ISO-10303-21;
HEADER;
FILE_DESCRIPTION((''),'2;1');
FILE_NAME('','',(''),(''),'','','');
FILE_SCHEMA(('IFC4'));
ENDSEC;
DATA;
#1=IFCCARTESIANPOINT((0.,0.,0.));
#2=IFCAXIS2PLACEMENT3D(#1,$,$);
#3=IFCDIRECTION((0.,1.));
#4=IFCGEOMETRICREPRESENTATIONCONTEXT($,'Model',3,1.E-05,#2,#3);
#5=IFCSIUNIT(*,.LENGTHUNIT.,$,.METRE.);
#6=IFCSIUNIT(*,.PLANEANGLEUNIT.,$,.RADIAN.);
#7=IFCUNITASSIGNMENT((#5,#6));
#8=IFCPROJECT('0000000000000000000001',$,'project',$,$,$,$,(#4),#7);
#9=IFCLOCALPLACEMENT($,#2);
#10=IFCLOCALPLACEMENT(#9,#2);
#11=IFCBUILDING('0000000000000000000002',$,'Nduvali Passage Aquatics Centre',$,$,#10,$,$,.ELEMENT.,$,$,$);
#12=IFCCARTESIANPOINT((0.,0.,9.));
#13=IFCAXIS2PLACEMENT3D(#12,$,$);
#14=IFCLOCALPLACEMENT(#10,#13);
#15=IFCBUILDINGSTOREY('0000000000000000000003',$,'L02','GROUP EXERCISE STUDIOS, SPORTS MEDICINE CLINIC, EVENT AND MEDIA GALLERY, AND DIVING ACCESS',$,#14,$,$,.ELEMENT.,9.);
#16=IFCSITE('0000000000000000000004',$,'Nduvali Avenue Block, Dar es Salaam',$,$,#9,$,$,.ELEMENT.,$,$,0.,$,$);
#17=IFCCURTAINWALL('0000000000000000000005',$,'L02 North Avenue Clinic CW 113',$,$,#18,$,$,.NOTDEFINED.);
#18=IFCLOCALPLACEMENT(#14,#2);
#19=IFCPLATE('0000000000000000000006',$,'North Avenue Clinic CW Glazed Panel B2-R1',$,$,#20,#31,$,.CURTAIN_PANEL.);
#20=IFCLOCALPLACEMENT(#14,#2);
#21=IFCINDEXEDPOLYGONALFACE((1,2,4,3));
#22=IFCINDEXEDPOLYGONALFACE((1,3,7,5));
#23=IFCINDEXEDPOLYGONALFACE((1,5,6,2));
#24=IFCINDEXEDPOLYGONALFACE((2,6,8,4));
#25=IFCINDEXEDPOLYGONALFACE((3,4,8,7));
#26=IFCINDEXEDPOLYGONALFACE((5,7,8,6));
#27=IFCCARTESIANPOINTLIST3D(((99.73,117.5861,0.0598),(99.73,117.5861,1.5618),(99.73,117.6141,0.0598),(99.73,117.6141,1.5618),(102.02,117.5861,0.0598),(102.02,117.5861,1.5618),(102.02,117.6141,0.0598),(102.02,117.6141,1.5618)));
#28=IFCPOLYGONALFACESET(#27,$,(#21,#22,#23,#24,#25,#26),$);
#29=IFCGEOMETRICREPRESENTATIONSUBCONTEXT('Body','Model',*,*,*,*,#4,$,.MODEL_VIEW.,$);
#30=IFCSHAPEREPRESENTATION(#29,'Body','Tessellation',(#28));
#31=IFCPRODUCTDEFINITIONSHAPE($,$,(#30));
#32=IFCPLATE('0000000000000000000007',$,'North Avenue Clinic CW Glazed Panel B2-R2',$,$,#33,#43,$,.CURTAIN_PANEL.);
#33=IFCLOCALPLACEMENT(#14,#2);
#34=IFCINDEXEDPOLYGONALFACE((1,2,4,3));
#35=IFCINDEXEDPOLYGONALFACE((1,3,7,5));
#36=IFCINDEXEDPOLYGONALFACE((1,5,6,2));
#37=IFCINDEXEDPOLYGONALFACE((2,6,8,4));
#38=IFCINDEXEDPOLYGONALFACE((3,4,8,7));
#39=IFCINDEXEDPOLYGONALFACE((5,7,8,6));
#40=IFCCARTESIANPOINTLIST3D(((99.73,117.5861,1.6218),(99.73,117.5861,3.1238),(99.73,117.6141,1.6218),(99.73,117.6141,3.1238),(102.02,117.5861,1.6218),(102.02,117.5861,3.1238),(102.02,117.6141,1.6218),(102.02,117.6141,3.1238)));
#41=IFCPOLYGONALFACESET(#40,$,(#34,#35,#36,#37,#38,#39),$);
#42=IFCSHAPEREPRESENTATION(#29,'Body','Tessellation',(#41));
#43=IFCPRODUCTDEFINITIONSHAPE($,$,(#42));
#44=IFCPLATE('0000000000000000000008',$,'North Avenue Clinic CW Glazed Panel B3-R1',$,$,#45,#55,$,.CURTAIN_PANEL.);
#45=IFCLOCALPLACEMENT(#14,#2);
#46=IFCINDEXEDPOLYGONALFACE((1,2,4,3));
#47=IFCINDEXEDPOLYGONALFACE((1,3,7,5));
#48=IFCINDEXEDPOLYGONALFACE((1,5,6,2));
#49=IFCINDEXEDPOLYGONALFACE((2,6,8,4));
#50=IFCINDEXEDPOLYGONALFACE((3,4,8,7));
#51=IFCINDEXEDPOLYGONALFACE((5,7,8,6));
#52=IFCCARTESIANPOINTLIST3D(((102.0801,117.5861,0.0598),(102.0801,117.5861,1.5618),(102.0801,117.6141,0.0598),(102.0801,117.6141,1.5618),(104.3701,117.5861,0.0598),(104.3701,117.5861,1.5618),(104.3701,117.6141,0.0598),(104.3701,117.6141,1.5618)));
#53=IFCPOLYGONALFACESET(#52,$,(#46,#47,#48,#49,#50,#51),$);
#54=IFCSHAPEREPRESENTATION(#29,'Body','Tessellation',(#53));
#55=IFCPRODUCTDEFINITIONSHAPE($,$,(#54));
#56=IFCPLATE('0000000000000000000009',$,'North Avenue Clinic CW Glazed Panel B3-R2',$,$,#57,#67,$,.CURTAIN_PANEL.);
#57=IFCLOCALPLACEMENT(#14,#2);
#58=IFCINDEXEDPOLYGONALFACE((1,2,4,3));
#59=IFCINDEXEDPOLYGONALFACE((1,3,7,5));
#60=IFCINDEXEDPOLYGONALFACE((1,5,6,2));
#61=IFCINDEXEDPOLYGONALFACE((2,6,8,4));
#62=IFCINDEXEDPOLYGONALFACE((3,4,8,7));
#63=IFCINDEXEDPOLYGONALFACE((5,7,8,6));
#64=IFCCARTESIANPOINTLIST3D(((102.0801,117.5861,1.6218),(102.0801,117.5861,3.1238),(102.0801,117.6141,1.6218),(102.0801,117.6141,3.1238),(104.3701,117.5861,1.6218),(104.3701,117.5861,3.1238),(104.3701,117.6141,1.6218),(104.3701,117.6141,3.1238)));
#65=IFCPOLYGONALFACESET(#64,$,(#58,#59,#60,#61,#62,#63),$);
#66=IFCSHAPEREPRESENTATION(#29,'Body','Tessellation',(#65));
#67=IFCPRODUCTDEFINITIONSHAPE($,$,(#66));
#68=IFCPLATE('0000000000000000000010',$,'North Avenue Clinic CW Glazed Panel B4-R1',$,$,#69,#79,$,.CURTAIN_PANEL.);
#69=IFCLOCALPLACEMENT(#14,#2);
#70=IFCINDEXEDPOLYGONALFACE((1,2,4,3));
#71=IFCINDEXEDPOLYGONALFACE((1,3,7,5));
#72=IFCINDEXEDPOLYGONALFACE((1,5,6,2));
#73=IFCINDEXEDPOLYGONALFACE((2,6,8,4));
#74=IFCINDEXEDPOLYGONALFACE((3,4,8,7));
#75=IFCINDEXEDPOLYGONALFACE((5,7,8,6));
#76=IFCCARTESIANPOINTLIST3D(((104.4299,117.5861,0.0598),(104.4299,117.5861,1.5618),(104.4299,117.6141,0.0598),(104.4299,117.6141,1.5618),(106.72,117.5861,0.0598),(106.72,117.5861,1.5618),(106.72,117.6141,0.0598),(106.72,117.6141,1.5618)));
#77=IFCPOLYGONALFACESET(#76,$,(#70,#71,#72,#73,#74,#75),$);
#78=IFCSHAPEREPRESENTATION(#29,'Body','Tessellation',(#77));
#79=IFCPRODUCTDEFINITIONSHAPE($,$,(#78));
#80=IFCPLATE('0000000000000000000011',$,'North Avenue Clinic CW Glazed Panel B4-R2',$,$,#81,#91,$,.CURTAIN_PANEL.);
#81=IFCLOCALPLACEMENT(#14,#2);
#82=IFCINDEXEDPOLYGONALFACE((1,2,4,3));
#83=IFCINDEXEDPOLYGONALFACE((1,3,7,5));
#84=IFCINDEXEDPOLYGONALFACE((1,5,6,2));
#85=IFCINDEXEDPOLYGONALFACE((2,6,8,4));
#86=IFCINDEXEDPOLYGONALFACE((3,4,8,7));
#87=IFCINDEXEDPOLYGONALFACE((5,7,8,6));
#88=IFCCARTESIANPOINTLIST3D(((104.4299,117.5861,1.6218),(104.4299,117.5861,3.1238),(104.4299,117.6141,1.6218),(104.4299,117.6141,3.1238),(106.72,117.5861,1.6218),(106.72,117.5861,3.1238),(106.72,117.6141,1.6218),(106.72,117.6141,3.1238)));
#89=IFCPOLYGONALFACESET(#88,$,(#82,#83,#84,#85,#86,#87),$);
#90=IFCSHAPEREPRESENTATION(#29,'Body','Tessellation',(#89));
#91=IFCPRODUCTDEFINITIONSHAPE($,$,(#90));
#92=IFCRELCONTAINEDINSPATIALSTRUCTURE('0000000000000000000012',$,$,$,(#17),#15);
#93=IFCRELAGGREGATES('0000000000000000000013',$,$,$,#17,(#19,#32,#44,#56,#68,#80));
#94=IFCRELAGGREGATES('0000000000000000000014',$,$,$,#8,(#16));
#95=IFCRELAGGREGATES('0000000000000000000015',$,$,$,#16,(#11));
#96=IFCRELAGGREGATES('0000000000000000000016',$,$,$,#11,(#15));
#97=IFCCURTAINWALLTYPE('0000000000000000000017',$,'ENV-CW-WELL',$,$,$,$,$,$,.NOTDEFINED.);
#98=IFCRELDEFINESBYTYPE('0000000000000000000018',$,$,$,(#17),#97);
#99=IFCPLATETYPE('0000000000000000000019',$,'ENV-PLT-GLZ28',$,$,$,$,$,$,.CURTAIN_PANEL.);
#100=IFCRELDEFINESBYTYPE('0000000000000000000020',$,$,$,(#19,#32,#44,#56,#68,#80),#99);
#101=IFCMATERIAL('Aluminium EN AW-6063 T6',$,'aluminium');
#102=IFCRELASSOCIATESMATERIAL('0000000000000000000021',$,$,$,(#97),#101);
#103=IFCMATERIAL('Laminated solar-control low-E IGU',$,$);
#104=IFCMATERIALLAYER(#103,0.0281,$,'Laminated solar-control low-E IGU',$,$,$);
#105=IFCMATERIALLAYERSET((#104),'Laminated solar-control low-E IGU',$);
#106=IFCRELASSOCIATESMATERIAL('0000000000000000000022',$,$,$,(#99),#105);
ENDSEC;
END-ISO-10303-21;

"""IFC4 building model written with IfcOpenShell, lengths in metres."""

from ifc_helpers import new_model, si_unit, direction, frame, origin, origin_2d, place, context, subcontext, project, spatial, rectangle, extrude, material, layer, layer_set, type_object, element, aggregate, save


model = new_model("IFC4")

# Units and contexts
model_context = context("Model", 3, precision=1e-05, world=origin(), true_north=direction((0.0, 1.0)))
body_context = subcontext(model_context, "Body", "Model", "MODEL_VIEW")
ifc_project = project(units=[si_unit("LENGTHUNIT", "METRE"), si_unit("PLANEANGLEUNIT", "RADIAN")], contexts=[model_context])

# Site, building, storey
site_placement = place(None, origin())
site = spatial("IfcSite", under=ifc_project, at=site_placement, Name="Nduvali Avenue Block, Dar es Salaam", CompositionType="ELEMENT", RefElevation=0.0)
building_placement = place(site_placement, origin())
building = spatial("IfcBuilding", under=site, at=building_placement, Name="Nduvali Passage Aquatics Centre", CompositionType="ELEMENT")
storey_placement = place(building_placement, frame((0.0, 0.0, 9.0)))
storey = spatial("IfcBuildingStorey", under=building, at=storey_placement, Name="L02", Description="GROUP EXERCISE STUDIOS, SPORTS MEDICINE CLINIC, EVENT AND MEDIA GALLERY, AND DIVING ACCESS", CompositionType="ELEMENT", Elevation=9.0)

# Curtain wall
ifc_material_1 = material(Name="Aluminium EN AW-6063 T6", Category="aluminium")
curtain_wall_type = type_object("IfcCurtainWallType", Name="ENV-CW-WELL", PredefinedType="NOTDEFINED", material=ifc_material_1)
curtain_wall_placement = place(storey_placement, origin())
curtain_wall = element("IfcCurtainWall", 1, at=curtain_wall_placement, inside=storey, type_object=curtain_wall_type, Name="L02 North Avenue Clinic CW 113", PredefinedType="NOTDEFINED")

# Plates
ifc_material_2 = material(Name="Laminated solar-control low-E IGU")
ifc_layer = layer(ifc_material_2, 0.0281, Name="Laminated solar-control low-E IGU")
ifc_layer_set = layer_set([ifc_layer], Name="Laminated solar-control low-E IGU")
plate_type = type_object("IfcPlateType", Name="ENV-PLT-GLZ28", PredefinedType="CURTAIN_PANEL", material=ifc_layer_set)
plate_1_placement = place(storey_placement, frame((100.875, 117.6001, 0.0598), z_axis=(0.0, 0.0, 1.0), x_axis=(1.0, 0.0, 0.0)))
plate_1 = element("IfcPlate", 2, at=plate_1_placement, type_object=plate_type, Name="North Avenue Clinic CW Glazed Panel B2-R1", PredefinedType="CURTAIN_PANEL", context=body_context, shape_type="SweptSolid", body=[
    extrude(rectangle(XDim=2.29, YDim=0.0281, at=origin_2d()), origin(), (0.0, 0.0, 1.0), 1.502),
])
plate_2_placement = place(storey_placement, frame((100.875, 117.6001, 1.6218), z_axis=(0.0, 0.0, 1.0), x_axis=(1.0, 0.0, 0.0)))
plate_2 = element("IfcPlate", 3, at=plate_2_placement, type_object=plate_type, Name="North Avenue Clinic CW Glazed Panel B2-R2", PredefinedType="CURTAIN_PANEL", context=body_context, shape_type="SweptSolid", body=[
    extrude(rectangle(XDim=2.29, YDim=0.0281, at=origin_2d()), origin(), (0.0, 0.0, 1.0), 1.502),
])
plate_3_placement = place(storey_placement, frame((103.2251, 117.6001, 0.0598), z_axis=(0.0, 0.0, 1.0), x_axis=(1.0, 0.0, 0.0)))
plate_3 = element("IfcPlate", 4, at=plate_3_placement, type_object=plate_type, Name="North Avenue Clinic CW Glazed Panel B3-R1", PredefinedType="CURTAIN_PANEL", context=body_context, shape_type="SweptSolid", body=[
    extrude(rectangle(XDim=2.29, YDim=0.0281, at=origin_2d()), origin(), (0.0, 0.0, 1.0), 1.502),
])
plate_4_placement = place(storey_placement, frame((103.2251, 117.6001, 1.6218), z_axis=(0.0, 0.0, 1.0), x_axis=(1.0, 0.0, 0.0)))
plate_4 = element("IfcPlate", 5, at=plate_4_placement, type_object=plate_type, Name="North Avenue Clinic CW Glazed Panel B3-R2", PredefinedType="CURTAIN_PANEL", context=body_context, shape_type="SweptSolid", body=[
    extrude(rectangle(XDim=2.29, YDim=0.0281, at=origin_2d()), origin(), (0.0, 0.0, 1.0), 1.502),
])
plate_5_placement = place(storey_placement, frame((105.575, 117.6001, 0.0598), z_axis=(0.0, 0.0, 1.0), x_axis=(1.0, 0.0, 0.0)))
plate_5 = element("IfcPlate", 6, at=plate_5_placement, type_object=plate_type, Name="North Avenue Clinic CW Glazed Panel B4-R1", PredefinedType="CURTAIN_PANEL", context=body_context, shape_type="SweptSolid", body=[
    extrude(rectangle(XDim=2.29, YDim=0.0281, at=origin_2d()), origin(), (0.0, 0.0, 1.0), 1.502),
])
plate_6_placement = place(storey_placement, frame((105.575, 117.6001, 1.6218), z_axis=(0.0, 0.0, 1.0), x_axis=(1.0, 0.0, 0.0)))
plate_6 = element("IfcPlate", 7, at=plate_6_placement, type_object=plate_type, Name="North Avenue Clinic CW Glazed Panel B4-R2", PredefinedType="CURTAIN_PANEL", context=body_context, shape_type="SweptSolid", body=[
    extrude(rectangle(XDim=2.29, YDim=0.0281, at=origin_2d()), origin(), (0.0, 0.0, 1.0), 1.502),
])
aggregate(curtain_wall, [plate_1, plate_2, plate_3, plate_4, plate_5, plate_6])

save(model, "model.ifc")
